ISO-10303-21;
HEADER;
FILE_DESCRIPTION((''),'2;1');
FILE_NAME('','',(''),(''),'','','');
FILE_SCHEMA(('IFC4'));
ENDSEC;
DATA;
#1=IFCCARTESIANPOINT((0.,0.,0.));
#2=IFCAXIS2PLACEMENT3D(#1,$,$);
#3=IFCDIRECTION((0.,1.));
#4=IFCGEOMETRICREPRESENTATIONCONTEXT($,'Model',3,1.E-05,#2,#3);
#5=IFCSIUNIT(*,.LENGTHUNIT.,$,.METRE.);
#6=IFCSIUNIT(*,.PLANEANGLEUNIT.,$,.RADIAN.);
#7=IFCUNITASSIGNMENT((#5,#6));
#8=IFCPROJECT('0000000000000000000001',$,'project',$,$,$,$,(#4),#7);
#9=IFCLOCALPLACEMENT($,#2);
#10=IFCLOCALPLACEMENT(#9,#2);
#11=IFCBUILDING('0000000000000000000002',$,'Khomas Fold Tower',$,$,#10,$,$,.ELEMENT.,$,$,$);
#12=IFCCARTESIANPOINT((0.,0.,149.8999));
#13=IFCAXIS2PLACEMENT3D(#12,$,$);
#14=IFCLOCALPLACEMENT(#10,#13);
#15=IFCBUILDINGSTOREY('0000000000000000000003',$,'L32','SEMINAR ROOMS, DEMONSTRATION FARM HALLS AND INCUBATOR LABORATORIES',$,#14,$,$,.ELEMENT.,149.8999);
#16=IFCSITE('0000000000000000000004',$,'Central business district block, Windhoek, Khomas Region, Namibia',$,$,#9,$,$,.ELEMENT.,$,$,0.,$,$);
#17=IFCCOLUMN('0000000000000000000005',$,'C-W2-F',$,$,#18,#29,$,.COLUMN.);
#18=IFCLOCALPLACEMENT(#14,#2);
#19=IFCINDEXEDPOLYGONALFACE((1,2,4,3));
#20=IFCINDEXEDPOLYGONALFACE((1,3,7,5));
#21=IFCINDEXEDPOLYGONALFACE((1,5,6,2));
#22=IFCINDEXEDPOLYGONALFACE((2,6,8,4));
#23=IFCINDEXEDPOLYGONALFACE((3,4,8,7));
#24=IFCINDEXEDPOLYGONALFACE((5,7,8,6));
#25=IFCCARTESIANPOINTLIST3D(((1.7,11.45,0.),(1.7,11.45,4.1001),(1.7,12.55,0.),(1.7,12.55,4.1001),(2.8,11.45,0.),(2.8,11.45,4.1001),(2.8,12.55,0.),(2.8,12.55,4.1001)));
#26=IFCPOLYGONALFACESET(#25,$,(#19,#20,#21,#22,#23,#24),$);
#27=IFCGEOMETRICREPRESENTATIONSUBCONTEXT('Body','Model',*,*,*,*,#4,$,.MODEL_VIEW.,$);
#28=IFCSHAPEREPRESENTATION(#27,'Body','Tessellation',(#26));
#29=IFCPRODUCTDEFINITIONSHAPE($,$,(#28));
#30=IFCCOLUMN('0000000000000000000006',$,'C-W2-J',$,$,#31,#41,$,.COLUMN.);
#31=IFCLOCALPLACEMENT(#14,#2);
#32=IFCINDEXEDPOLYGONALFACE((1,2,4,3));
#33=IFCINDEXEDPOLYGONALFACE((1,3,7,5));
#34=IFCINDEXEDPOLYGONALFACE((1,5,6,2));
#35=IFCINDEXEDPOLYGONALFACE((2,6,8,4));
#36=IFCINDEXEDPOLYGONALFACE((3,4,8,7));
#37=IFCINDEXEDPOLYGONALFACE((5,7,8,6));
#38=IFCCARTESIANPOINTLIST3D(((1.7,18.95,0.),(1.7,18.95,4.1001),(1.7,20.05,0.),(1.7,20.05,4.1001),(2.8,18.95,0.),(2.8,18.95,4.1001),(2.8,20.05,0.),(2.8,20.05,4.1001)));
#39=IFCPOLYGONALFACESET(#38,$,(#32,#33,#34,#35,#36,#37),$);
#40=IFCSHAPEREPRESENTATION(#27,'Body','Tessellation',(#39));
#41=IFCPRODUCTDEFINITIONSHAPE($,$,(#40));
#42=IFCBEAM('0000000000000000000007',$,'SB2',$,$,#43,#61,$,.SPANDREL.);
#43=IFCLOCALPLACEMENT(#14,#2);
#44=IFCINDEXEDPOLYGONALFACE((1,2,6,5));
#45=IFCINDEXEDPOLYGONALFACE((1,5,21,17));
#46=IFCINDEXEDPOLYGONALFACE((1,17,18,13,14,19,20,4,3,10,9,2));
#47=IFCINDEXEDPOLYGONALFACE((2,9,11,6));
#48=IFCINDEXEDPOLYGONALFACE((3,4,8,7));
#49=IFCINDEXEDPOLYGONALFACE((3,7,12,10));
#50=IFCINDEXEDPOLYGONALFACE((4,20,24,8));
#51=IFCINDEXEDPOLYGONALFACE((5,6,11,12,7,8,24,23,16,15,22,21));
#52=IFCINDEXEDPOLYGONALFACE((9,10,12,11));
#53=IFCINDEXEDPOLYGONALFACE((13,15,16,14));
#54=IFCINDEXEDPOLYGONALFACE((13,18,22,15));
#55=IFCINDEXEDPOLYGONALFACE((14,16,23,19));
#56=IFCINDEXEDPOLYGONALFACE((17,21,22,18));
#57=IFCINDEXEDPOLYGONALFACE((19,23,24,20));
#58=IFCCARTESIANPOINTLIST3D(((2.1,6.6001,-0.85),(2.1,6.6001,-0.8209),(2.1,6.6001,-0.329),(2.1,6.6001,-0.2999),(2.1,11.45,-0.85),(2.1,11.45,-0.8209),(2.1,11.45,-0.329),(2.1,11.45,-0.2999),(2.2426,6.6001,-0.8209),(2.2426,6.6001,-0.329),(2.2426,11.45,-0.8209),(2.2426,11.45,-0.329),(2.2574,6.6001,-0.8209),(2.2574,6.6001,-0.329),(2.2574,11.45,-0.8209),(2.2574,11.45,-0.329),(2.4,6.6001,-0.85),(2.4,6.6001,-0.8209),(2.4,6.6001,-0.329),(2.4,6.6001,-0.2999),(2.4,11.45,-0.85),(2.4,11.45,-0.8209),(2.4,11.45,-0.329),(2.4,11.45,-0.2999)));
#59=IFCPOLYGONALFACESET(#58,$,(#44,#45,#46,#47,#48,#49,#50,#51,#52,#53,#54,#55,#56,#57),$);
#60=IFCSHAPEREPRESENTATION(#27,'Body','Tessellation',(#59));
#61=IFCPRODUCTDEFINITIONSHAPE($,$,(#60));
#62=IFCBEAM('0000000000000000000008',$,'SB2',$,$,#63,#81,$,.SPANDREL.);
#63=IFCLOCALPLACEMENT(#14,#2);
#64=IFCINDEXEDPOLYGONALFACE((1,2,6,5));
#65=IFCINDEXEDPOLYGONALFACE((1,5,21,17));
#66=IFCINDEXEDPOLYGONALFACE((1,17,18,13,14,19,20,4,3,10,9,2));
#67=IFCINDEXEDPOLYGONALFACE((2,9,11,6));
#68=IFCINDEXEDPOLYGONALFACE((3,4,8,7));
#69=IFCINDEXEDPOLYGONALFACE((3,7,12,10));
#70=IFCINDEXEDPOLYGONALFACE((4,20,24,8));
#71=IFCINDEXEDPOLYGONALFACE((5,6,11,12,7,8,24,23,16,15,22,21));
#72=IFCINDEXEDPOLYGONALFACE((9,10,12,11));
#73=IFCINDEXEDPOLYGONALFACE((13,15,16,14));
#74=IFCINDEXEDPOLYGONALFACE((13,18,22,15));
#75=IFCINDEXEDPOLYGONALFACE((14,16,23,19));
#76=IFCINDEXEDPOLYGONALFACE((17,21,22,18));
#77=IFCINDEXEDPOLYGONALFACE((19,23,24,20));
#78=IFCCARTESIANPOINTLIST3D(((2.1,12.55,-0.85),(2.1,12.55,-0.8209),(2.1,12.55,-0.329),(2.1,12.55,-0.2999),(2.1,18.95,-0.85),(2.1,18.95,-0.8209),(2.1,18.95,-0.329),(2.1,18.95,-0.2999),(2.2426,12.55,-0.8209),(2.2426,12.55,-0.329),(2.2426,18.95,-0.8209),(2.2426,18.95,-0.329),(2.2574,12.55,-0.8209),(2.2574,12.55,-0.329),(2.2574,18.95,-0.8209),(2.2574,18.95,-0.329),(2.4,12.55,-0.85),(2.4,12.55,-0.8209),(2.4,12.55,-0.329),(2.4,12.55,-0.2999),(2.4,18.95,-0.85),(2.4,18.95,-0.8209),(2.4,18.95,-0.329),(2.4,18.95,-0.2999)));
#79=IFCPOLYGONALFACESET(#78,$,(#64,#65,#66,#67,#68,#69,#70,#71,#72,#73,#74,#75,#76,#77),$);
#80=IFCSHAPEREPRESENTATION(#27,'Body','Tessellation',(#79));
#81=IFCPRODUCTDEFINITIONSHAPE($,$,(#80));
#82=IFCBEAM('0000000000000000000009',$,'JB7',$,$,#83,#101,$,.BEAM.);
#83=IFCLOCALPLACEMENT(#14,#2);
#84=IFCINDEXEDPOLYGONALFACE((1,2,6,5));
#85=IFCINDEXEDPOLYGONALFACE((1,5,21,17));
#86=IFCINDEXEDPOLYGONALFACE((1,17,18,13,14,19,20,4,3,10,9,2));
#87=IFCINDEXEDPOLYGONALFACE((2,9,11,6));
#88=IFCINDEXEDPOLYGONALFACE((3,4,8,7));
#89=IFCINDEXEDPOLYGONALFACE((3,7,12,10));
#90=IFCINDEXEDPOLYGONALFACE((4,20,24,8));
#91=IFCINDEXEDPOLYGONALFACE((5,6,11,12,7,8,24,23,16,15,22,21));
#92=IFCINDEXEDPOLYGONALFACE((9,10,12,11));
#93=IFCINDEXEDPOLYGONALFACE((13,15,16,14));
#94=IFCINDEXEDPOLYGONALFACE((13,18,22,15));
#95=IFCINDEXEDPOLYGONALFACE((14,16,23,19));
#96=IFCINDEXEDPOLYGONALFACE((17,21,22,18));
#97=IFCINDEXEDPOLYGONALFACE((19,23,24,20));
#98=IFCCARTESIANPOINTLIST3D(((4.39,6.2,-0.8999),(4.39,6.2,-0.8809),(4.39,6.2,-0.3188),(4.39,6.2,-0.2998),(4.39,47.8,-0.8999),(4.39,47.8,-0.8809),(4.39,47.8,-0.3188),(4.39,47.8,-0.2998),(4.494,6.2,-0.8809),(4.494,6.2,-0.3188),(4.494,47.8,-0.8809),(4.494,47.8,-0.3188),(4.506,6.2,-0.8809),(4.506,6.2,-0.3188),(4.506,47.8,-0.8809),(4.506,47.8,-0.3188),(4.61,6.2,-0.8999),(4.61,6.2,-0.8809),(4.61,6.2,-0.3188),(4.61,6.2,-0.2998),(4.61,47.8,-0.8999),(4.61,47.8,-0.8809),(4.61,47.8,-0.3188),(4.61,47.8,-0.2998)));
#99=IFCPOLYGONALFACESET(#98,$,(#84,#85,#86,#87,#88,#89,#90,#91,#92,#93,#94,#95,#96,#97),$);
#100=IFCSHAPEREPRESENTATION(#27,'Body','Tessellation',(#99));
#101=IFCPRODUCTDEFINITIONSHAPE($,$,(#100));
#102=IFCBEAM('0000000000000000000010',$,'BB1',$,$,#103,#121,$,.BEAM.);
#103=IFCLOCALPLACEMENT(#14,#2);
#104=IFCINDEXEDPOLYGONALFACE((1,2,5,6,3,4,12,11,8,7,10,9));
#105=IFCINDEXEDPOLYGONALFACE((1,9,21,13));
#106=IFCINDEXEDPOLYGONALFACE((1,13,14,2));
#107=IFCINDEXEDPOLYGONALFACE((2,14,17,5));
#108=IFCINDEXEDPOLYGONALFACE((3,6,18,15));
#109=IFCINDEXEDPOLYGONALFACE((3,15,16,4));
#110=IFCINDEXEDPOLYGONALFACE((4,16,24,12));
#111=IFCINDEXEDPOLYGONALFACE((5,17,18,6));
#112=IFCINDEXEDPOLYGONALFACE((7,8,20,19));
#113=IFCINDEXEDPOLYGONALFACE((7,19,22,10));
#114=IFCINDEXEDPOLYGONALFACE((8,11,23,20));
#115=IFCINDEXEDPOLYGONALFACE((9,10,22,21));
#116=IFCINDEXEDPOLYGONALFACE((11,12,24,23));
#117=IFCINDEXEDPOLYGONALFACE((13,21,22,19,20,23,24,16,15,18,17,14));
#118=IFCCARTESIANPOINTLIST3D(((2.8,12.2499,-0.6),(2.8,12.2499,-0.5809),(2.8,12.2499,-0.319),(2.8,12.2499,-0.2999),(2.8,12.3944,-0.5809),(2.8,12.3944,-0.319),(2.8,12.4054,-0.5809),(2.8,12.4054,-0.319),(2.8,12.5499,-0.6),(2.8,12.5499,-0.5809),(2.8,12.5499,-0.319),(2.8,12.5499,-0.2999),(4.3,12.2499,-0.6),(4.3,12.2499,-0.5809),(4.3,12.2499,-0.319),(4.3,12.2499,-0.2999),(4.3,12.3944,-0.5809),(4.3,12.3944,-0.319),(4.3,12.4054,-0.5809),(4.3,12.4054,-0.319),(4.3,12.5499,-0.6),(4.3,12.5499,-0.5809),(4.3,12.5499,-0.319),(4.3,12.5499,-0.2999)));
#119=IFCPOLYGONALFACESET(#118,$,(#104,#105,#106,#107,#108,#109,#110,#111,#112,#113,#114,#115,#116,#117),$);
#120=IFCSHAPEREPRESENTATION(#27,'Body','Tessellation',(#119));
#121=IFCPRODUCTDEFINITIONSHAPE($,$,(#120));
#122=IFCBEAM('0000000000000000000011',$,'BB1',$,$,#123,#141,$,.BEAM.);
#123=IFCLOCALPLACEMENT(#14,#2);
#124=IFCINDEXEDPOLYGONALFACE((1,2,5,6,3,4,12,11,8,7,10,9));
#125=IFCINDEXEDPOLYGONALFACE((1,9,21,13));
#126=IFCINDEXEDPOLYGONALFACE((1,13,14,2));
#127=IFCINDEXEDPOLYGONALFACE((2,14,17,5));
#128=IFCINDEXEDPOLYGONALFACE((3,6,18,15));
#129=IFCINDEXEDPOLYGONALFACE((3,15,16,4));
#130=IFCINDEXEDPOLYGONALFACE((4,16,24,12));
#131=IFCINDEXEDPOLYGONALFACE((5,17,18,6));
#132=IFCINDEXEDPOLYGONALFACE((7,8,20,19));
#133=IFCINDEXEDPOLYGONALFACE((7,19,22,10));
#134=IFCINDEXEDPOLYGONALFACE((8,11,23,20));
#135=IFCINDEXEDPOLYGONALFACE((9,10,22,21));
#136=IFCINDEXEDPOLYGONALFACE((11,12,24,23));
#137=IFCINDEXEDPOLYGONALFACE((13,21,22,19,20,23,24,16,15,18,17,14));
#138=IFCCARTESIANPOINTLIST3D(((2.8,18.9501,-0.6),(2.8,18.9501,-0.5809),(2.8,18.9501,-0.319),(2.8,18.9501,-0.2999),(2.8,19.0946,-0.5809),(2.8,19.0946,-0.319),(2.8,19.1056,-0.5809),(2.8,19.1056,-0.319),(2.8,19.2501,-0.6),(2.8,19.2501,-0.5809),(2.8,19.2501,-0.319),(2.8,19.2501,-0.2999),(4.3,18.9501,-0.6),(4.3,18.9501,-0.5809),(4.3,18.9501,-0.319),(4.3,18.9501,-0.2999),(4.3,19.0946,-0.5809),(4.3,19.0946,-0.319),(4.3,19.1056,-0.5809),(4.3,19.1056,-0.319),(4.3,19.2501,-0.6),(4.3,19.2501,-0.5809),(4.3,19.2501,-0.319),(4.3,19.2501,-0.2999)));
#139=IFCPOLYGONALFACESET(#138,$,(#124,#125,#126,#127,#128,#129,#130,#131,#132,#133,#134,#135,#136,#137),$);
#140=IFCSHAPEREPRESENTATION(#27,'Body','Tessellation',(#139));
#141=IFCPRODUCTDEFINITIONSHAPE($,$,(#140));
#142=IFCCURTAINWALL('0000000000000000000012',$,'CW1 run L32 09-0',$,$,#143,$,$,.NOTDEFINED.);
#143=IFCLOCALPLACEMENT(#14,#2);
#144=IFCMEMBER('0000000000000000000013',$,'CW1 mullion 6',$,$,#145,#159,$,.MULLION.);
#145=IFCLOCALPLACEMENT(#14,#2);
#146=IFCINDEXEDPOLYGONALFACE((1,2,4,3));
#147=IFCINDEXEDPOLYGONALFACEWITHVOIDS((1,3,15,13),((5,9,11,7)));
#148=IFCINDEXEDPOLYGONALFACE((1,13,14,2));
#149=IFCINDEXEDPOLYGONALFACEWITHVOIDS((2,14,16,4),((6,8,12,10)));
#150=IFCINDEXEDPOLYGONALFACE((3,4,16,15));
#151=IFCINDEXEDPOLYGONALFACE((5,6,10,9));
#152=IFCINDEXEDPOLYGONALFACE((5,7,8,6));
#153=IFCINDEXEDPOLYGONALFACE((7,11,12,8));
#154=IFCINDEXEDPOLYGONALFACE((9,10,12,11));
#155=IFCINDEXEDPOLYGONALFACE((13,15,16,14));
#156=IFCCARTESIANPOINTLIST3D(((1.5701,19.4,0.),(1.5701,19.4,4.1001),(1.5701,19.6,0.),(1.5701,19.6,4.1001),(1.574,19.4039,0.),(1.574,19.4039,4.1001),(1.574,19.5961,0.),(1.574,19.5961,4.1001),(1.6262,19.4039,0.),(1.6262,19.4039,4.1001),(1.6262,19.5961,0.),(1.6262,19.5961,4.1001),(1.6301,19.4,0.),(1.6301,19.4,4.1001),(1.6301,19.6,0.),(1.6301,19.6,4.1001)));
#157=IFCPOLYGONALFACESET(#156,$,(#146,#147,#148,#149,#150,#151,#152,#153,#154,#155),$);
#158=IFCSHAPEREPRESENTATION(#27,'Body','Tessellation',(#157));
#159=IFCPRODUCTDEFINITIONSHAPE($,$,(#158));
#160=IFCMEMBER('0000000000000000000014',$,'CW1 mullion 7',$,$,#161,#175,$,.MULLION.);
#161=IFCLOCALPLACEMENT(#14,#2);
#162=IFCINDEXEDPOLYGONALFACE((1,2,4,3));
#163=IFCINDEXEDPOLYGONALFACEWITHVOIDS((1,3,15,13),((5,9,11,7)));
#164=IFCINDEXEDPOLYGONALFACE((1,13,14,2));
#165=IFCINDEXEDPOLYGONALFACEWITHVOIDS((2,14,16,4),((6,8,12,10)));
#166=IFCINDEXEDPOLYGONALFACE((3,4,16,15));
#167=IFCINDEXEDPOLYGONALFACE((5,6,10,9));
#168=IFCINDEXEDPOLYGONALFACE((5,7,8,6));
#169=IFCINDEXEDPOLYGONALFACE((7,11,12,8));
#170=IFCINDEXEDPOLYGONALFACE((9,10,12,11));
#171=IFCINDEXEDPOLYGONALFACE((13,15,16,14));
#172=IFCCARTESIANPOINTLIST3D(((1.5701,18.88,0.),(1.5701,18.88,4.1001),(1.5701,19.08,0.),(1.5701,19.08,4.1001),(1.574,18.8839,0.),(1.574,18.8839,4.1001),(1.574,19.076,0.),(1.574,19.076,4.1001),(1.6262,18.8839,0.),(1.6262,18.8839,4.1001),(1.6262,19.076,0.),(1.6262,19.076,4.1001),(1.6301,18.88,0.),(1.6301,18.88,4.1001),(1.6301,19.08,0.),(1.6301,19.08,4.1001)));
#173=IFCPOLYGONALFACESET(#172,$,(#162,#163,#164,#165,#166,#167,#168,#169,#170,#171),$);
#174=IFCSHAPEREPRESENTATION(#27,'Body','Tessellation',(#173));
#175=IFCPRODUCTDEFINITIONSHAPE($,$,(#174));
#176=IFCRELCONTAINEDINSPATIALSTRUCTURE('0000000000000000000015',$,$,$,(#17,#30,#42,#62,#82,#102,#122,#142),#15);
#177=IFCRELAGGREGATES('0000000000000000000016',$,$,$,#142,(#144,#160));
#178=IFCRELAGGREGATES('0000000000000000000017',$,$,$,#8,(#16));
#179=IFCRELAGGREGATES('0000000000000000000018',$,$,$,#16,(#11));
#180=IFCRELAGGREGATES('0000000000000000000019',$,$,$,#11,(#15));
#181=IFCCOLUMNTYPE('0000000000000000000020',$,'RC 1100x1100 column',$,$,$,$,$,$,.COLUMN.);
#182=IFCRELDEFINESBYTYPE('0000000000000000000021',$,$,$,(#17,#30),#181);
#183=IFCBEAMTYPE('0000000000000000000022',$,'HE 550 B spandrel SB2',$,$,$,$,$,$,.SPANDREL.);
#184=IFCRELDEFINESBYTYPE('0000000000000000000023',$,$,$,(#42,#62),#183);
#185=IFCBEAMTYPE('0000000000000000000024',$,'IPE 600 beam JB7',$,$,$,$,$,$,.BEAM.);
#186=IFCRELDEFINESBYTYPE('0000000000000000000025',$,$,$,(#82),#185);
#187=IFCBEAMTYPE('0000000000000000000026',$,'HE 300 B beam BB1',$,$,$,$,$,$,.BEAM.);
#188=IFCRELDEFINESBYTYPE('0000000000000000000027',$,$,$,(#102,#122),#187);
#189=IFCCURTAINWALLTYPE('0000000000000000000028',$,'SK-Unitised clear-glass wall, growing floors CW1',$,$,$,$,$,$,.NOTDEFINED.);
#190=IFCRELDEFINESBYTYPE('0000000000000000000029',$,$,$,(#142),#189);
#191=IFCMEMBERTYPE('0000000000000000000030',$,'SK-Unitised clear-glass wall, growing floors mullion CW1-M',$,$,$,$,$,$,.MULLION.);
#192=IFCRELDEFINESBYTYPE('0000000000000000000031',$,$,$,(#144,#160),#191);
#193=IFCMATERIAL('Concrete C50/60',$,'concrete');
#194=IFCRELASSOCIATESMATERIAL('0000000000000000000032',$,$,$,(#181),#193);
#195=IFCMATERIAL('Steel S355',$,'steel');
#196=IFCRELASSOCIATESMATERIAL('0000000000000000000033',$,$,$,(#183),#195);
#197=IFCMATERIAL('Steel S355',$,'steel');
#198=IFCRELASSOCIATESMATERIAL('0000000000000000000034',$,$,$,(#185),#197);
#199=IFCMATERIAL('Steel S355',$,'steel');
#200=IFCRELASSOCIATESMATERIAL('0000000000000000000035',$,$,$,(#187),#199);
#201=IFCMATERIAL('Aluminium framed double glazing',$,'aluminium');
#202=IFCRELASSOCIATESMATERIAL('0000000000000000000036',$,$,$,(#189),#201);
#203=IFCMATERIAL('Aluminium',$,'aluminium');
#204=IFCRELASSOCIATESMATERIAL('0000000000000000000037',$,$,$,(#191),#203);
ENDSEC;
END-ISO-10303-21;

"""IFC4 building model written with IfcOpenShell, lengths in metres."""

from ifc_helpers import new_model, si_unit, direction, frame, origin, origin_2d, place, context, subcontext, project, spatial, rectangle, hollow_rectangle, i_section, extrude, source, transform, mapped, material, material_profile, profile_set, type_object, element, aggregate, save


model = new_model("IFC4")

# Units and contexts
model_context = context("Model", 3, precision=1e-05, world=origin(), true_north=direction((0.0, 1.0)))
body_context = subcontext(model_context, "Body", "Model", "MODEL_VIEW")
ifc_project = project(units=[si_unit("LENGTHUNIT", "METRE"), si_unit("PLANEANGLEUNIT", "RADIAN")], contexts=[model_context])

# Site, building, storey
site_placement = place(None, origin())
site = spatial("IfcSite", under=ifc_project, at=site_placement, Name="Central business district block, Windhoek, Khomas Region, Namibia", CompositionType="ELEMENT", RefElevation=0.0)
building_placement = place(site_placement, origin())
building = spatial("IfcBuilding", under=site, at=building_placement, Name="Khomas Fold Tower", CompositionType="ELEMENT")
storey_placement = place(building_placement, frame((0.0, 0.0, 149.8999)))
storey = spatial("IfcBuildingStorey", under=building, at=storey_placement, Name="L32", Description="SEMINAR ROOMS, DEMONSTRATION FARM HALLS AND INCUBATOR LABORATORIES", CompositionType="ELEMENT", Elevation=149.8999)

# Columns
ifc_material_1 = material(Name="Concrete C50/60", Category="concrete")
ifc_material_profile_1 = material_profile(ifc_material_1, rectangle(XDim=1.1001, YDim=1.1001, at=origin_2d()), Name="RC 1100x1100")
ifc_profile_set_1 = profile_set([ifc_material_profile_1], Name="Concrete C50/60")
column_type = type_object("IfcColumnType", Name="RC 1100x1100 column", PredefinedType="COLUMN", material=ifc_profile_set_1)
shared_shape_1 = source(origin(), body_context, "Body", "SweptSolid", [
    extrude(rectangle(XDim=1.1001, YDim=1.1001, at=origin_2d()), origin(), (0.0, 0.0, 1.0), 4.1001),
])
for number, where, z_axis, x_axis, name in (
    (1, (2.25, 12.0, 0.0), (0.0, 0.0, 1.0), (1.0, 0.0, 0.0), "C-W2-F"),
    (2, (2.25, 19.5, 0.0), (0.0, 0.0, 1.0), (1.0, 0.0, 0.0), "C-W2-J"),
):
    element("IfcColumn", number, at=place(storey_placement, frame(where, z_axis=z_axis, x_axis=x_axis)), inside=storey, type_object=column_type, Name=name, PredefinedType="COLUMN", context=body_context, shape_type="MappedRepresentation", body=[
        mapped(shared_shape_1, transform((0.0, 0.0, 0.0))),
    ])

# Beams
ifc_material_2 = material(Name="Steel S355", Category="steel")
ifc_material_profile_2 = material_profile(ifc_material_2, i_section(OverallWidth=0.3, OverallDepth=0.55, WebThickness=0.0149, FlangeThickness=0.0291, at=origin_2d()), Name="HE 550 B")
ifc_profile_set_2 = profile_set([ifc_material_profile_2], Name="Steel S355")
beam_type_1 = type_object("IfcBeamType", Name="HE 550 B spandrel SB2", PredefinedType="SPANDREL", material=ifc_profile_set_2)
shared_shape_2 = source(origin(), body_context, "Body", "SweptSolid", [
    extrude(i_section(OverallWidth=0.3, OverallDepth=0.55, WebThickness=0.0149, FlangeThickness=0.0291, at=origin_2d()), origin(), (0.0, 0.0, 1.0), 4.8499),
])
beam_1_placement = place(storey_placement, frame((2.25, 6.6001, -0.575), z_axis=(0.0, 1.0, 0.0), x_axis=(-1.0, 0.0, 0.0)))
element("IfcBeam", 3, at=beam_1_placement, inside=storey, type_object=beam_type_1, Name="SB2", PredefinedType="SPANDREL", context=body_context, shape_type="MappedRepresentation", body=[
    mapped(shared_shape_2, transform((0.0, 0.0, 0.0))),
])
shared_shape_3 = source(origin(), body_context, "Body", "SweptSolid", [
    extrude(i_section(OverallWidth=0.3, OverallDepth=0.55, WebThickness=0.0149, FlangeThickness=0.0291, at=origin_2d()), origin(), (0.0, 0.0, 1.0), 6.3999),
])
beam_2_placement = place(storey_placement, frame((2.25, 12.55, -0.575), z_axis=(0.0, 1.0, 0.0), x_axis=(-1.0, 0.0, 0.0)))
element("IfcBeam", 4, at=beam_2_placement, inside=storey, type_object=beam_type_1, Name="SB2", PredefinedType="SPANDREL", context=body_context, shape_type="MappedRepresentation", body=[
    mapped(shared_shape_3, transform((0.0, 0.0, 0.0))),
])
ifc_material_3 = material(Name="Steel S355", Category="steel")
ifc_material_profile_3 = material_profile(ifc_material_3, i_section(OverallWidth=0.22, OverallDepth=0.6001, WebThickness=0.012, FlangeThickness=0.019, at=origin_2d()), Name="IPE 600")
ifc_profile_set_3 = profile_set([ifc_material_profile_3], Name="Steel S355")
beam_type_2 = type_object("IfcBeamType", Name="IPE 600 beam JB7", PredefinedType="BEAM", material=ifc_profile_set_3)
shared_shape_4 = source(origin(), body_context, "Body", "SweptSolid", [
    extrude(i_section(OverallWidth=0.22, OverallDepth=0.6001, WebThickness=0.012, FlangeThickness=0.019, at=origin_2d()), origin(), (0.0, 0.0, 1.0), 41.6001),
])
beam_3_placement = place(storey_placement, frame((4.5, 6.2, -0.5999), z_axis=(0.0, 1.0, 0.0), x_axis=(-1.0, 0.0, 0.0)))
element("IfcBeam", 5, at=beam_3_placement, inside=storey, type_object=beam_type_2, Name="JB7", PredefinedType="BEAM", context=body_context, shape_type="MappedRepresentation", body=[
    mapped(shared_shape_4, transform((0.0, 0.0, 0.0))),
])
ifc_material_4 = material(Name="Steel S355", Category="steel")
ifc_material_profile_4 = material_profile(ifc_material_4, i_section(OverallWidth=0.3, OverallDepth=0.3, WebThickness=0.011, FlangeThickness=0.019, at=origin_2d()), Name="HE 300 B")
ifc_profile_set_4 = profile_set([ifc_material_profile_4], Name="Steel S355")
beam_type_3 = type_object("IfcBeamType", Name="HE 300 B beam BB1", PredefinedType="BEAM", material=ifc_profile_set_4)
shared_shape_5 = source(origin(), body_context, "Body", "SweptSolid", [
    extrude(i_section(OverallWidth=0.3, OverallDepth=0.3, WebThickness=0.011, FlangeThickness=0.019, at=origin_2d()), origin(), (0.0, 0.0, 1.0), 1.5),
])
for number, where, z_axis, x_axis, name in (
    (6, (2.8, 12.3999, -0.45), (1.0, 0.0, 0.0), (0.0, 1.0, 0.0), "BB1"),
    (7, (2.8, 19.1001, -0.45), (1.0, 0.0, 0.0), (0.0, 1.0, 0.0), "BB1"),
):
    element("IfcBeam", number, at=place(storey_placement, frame(where, z_axis=z_axis, x_axis=x_axis)), inside=storey, type_object=beam_type_3, Name=name, PredefinedType="BEAM", context=body_context, shape_type="MappedRepresentation", body=[
        mapped(shared_shape_5, transform((0.0, 0.0, 0.0))),
    ])

# Curtain wall, members
ifc_material_5 = material(Name="Aluminium framed double glazing", Category="aluminium")
curtain_wall_type = type_object("IfcCurtainWallType", Name="SK-Unitised clear-glass wall, growing floors CW1", PredefinedType="NOTDEFINED", material=ifc_material_5)
curtain_wall_1_placement = place(storey_placement, origin())
curtain_wall_1 = element("IfcCurtainWall", 8, at=curtain_wall_1_placement, inside=storey, type_object=curtain_wall_type, Name="CW1 run L32 09-0", PredefinedType="NOTDEFINED")
ifc_material_6 = material(Name="Aluminium", Category="aluminium")
ifc_material_profile_5 = material_profile(ifc_material_6, hollow_rectangle(XDim=0.0601, YDim=0.2, WallThickness=0.0039, at=origin_2d()), Name="SK-Unitised clear-glass wall, growing floors mullion CW1-M")
ifc_profile_set_5 = profile_set([ifc_material_profile_5], Name="Aluminium")
member_type_1 = type_object("IfcMemberType", Name="SK-Unitised clear-glass wall, growing floors mullion CW1-M", PredefinedType="MULLION", material=ifc_profile_set_5)
shared_shape_6 = source(origin(), body_context, "Body", "SweptSolid", [
    extrude(hollow_rectangle(XDim=0.0601, YDim=0.2, WallThickness=0.0039, at=origin_2d()), origin(), (0.0, 0.0, 1.0), 4.1001),
])
member_1_placement = place(storey_placement, frame((1.6001, 19.5, 0.0), z_axis=(0.0, 0.0, 1.0), x_axis=(1.0, 0.0, 0.0)))
member_1 = element("IfcMember", 9, at=member_1_placement, type_object=member_type_1, Name="CW1 mullion 6", PredefinedType="MULLION", context=body_context, shape_type="MappedRepresentation", body=[
    mapped(shared_shape_6, transform((0.0, 0.0, 0.0))),
])
member_2_placement = place(storey_placement, frame((1.6001, 18.98, 0.0), z_axis=(0.0, 0.0, 1.0), x_axis=(1.0, 0.0, 0.0)))
member_2 = element("IfcMember", 10, at=member_2_placement, type_object=member_type_1, Name="CW1 mullion 7", PredefinedType="MULLION", context=body_context, shape_type="MappedRepresentation", body=[
    mapped(shared_shape_6, transform((0.0, 0.0, 0.0))),
])

aggregate(curtain_wall_1, [member_1, member_2])

save(model, "model.ifc")
